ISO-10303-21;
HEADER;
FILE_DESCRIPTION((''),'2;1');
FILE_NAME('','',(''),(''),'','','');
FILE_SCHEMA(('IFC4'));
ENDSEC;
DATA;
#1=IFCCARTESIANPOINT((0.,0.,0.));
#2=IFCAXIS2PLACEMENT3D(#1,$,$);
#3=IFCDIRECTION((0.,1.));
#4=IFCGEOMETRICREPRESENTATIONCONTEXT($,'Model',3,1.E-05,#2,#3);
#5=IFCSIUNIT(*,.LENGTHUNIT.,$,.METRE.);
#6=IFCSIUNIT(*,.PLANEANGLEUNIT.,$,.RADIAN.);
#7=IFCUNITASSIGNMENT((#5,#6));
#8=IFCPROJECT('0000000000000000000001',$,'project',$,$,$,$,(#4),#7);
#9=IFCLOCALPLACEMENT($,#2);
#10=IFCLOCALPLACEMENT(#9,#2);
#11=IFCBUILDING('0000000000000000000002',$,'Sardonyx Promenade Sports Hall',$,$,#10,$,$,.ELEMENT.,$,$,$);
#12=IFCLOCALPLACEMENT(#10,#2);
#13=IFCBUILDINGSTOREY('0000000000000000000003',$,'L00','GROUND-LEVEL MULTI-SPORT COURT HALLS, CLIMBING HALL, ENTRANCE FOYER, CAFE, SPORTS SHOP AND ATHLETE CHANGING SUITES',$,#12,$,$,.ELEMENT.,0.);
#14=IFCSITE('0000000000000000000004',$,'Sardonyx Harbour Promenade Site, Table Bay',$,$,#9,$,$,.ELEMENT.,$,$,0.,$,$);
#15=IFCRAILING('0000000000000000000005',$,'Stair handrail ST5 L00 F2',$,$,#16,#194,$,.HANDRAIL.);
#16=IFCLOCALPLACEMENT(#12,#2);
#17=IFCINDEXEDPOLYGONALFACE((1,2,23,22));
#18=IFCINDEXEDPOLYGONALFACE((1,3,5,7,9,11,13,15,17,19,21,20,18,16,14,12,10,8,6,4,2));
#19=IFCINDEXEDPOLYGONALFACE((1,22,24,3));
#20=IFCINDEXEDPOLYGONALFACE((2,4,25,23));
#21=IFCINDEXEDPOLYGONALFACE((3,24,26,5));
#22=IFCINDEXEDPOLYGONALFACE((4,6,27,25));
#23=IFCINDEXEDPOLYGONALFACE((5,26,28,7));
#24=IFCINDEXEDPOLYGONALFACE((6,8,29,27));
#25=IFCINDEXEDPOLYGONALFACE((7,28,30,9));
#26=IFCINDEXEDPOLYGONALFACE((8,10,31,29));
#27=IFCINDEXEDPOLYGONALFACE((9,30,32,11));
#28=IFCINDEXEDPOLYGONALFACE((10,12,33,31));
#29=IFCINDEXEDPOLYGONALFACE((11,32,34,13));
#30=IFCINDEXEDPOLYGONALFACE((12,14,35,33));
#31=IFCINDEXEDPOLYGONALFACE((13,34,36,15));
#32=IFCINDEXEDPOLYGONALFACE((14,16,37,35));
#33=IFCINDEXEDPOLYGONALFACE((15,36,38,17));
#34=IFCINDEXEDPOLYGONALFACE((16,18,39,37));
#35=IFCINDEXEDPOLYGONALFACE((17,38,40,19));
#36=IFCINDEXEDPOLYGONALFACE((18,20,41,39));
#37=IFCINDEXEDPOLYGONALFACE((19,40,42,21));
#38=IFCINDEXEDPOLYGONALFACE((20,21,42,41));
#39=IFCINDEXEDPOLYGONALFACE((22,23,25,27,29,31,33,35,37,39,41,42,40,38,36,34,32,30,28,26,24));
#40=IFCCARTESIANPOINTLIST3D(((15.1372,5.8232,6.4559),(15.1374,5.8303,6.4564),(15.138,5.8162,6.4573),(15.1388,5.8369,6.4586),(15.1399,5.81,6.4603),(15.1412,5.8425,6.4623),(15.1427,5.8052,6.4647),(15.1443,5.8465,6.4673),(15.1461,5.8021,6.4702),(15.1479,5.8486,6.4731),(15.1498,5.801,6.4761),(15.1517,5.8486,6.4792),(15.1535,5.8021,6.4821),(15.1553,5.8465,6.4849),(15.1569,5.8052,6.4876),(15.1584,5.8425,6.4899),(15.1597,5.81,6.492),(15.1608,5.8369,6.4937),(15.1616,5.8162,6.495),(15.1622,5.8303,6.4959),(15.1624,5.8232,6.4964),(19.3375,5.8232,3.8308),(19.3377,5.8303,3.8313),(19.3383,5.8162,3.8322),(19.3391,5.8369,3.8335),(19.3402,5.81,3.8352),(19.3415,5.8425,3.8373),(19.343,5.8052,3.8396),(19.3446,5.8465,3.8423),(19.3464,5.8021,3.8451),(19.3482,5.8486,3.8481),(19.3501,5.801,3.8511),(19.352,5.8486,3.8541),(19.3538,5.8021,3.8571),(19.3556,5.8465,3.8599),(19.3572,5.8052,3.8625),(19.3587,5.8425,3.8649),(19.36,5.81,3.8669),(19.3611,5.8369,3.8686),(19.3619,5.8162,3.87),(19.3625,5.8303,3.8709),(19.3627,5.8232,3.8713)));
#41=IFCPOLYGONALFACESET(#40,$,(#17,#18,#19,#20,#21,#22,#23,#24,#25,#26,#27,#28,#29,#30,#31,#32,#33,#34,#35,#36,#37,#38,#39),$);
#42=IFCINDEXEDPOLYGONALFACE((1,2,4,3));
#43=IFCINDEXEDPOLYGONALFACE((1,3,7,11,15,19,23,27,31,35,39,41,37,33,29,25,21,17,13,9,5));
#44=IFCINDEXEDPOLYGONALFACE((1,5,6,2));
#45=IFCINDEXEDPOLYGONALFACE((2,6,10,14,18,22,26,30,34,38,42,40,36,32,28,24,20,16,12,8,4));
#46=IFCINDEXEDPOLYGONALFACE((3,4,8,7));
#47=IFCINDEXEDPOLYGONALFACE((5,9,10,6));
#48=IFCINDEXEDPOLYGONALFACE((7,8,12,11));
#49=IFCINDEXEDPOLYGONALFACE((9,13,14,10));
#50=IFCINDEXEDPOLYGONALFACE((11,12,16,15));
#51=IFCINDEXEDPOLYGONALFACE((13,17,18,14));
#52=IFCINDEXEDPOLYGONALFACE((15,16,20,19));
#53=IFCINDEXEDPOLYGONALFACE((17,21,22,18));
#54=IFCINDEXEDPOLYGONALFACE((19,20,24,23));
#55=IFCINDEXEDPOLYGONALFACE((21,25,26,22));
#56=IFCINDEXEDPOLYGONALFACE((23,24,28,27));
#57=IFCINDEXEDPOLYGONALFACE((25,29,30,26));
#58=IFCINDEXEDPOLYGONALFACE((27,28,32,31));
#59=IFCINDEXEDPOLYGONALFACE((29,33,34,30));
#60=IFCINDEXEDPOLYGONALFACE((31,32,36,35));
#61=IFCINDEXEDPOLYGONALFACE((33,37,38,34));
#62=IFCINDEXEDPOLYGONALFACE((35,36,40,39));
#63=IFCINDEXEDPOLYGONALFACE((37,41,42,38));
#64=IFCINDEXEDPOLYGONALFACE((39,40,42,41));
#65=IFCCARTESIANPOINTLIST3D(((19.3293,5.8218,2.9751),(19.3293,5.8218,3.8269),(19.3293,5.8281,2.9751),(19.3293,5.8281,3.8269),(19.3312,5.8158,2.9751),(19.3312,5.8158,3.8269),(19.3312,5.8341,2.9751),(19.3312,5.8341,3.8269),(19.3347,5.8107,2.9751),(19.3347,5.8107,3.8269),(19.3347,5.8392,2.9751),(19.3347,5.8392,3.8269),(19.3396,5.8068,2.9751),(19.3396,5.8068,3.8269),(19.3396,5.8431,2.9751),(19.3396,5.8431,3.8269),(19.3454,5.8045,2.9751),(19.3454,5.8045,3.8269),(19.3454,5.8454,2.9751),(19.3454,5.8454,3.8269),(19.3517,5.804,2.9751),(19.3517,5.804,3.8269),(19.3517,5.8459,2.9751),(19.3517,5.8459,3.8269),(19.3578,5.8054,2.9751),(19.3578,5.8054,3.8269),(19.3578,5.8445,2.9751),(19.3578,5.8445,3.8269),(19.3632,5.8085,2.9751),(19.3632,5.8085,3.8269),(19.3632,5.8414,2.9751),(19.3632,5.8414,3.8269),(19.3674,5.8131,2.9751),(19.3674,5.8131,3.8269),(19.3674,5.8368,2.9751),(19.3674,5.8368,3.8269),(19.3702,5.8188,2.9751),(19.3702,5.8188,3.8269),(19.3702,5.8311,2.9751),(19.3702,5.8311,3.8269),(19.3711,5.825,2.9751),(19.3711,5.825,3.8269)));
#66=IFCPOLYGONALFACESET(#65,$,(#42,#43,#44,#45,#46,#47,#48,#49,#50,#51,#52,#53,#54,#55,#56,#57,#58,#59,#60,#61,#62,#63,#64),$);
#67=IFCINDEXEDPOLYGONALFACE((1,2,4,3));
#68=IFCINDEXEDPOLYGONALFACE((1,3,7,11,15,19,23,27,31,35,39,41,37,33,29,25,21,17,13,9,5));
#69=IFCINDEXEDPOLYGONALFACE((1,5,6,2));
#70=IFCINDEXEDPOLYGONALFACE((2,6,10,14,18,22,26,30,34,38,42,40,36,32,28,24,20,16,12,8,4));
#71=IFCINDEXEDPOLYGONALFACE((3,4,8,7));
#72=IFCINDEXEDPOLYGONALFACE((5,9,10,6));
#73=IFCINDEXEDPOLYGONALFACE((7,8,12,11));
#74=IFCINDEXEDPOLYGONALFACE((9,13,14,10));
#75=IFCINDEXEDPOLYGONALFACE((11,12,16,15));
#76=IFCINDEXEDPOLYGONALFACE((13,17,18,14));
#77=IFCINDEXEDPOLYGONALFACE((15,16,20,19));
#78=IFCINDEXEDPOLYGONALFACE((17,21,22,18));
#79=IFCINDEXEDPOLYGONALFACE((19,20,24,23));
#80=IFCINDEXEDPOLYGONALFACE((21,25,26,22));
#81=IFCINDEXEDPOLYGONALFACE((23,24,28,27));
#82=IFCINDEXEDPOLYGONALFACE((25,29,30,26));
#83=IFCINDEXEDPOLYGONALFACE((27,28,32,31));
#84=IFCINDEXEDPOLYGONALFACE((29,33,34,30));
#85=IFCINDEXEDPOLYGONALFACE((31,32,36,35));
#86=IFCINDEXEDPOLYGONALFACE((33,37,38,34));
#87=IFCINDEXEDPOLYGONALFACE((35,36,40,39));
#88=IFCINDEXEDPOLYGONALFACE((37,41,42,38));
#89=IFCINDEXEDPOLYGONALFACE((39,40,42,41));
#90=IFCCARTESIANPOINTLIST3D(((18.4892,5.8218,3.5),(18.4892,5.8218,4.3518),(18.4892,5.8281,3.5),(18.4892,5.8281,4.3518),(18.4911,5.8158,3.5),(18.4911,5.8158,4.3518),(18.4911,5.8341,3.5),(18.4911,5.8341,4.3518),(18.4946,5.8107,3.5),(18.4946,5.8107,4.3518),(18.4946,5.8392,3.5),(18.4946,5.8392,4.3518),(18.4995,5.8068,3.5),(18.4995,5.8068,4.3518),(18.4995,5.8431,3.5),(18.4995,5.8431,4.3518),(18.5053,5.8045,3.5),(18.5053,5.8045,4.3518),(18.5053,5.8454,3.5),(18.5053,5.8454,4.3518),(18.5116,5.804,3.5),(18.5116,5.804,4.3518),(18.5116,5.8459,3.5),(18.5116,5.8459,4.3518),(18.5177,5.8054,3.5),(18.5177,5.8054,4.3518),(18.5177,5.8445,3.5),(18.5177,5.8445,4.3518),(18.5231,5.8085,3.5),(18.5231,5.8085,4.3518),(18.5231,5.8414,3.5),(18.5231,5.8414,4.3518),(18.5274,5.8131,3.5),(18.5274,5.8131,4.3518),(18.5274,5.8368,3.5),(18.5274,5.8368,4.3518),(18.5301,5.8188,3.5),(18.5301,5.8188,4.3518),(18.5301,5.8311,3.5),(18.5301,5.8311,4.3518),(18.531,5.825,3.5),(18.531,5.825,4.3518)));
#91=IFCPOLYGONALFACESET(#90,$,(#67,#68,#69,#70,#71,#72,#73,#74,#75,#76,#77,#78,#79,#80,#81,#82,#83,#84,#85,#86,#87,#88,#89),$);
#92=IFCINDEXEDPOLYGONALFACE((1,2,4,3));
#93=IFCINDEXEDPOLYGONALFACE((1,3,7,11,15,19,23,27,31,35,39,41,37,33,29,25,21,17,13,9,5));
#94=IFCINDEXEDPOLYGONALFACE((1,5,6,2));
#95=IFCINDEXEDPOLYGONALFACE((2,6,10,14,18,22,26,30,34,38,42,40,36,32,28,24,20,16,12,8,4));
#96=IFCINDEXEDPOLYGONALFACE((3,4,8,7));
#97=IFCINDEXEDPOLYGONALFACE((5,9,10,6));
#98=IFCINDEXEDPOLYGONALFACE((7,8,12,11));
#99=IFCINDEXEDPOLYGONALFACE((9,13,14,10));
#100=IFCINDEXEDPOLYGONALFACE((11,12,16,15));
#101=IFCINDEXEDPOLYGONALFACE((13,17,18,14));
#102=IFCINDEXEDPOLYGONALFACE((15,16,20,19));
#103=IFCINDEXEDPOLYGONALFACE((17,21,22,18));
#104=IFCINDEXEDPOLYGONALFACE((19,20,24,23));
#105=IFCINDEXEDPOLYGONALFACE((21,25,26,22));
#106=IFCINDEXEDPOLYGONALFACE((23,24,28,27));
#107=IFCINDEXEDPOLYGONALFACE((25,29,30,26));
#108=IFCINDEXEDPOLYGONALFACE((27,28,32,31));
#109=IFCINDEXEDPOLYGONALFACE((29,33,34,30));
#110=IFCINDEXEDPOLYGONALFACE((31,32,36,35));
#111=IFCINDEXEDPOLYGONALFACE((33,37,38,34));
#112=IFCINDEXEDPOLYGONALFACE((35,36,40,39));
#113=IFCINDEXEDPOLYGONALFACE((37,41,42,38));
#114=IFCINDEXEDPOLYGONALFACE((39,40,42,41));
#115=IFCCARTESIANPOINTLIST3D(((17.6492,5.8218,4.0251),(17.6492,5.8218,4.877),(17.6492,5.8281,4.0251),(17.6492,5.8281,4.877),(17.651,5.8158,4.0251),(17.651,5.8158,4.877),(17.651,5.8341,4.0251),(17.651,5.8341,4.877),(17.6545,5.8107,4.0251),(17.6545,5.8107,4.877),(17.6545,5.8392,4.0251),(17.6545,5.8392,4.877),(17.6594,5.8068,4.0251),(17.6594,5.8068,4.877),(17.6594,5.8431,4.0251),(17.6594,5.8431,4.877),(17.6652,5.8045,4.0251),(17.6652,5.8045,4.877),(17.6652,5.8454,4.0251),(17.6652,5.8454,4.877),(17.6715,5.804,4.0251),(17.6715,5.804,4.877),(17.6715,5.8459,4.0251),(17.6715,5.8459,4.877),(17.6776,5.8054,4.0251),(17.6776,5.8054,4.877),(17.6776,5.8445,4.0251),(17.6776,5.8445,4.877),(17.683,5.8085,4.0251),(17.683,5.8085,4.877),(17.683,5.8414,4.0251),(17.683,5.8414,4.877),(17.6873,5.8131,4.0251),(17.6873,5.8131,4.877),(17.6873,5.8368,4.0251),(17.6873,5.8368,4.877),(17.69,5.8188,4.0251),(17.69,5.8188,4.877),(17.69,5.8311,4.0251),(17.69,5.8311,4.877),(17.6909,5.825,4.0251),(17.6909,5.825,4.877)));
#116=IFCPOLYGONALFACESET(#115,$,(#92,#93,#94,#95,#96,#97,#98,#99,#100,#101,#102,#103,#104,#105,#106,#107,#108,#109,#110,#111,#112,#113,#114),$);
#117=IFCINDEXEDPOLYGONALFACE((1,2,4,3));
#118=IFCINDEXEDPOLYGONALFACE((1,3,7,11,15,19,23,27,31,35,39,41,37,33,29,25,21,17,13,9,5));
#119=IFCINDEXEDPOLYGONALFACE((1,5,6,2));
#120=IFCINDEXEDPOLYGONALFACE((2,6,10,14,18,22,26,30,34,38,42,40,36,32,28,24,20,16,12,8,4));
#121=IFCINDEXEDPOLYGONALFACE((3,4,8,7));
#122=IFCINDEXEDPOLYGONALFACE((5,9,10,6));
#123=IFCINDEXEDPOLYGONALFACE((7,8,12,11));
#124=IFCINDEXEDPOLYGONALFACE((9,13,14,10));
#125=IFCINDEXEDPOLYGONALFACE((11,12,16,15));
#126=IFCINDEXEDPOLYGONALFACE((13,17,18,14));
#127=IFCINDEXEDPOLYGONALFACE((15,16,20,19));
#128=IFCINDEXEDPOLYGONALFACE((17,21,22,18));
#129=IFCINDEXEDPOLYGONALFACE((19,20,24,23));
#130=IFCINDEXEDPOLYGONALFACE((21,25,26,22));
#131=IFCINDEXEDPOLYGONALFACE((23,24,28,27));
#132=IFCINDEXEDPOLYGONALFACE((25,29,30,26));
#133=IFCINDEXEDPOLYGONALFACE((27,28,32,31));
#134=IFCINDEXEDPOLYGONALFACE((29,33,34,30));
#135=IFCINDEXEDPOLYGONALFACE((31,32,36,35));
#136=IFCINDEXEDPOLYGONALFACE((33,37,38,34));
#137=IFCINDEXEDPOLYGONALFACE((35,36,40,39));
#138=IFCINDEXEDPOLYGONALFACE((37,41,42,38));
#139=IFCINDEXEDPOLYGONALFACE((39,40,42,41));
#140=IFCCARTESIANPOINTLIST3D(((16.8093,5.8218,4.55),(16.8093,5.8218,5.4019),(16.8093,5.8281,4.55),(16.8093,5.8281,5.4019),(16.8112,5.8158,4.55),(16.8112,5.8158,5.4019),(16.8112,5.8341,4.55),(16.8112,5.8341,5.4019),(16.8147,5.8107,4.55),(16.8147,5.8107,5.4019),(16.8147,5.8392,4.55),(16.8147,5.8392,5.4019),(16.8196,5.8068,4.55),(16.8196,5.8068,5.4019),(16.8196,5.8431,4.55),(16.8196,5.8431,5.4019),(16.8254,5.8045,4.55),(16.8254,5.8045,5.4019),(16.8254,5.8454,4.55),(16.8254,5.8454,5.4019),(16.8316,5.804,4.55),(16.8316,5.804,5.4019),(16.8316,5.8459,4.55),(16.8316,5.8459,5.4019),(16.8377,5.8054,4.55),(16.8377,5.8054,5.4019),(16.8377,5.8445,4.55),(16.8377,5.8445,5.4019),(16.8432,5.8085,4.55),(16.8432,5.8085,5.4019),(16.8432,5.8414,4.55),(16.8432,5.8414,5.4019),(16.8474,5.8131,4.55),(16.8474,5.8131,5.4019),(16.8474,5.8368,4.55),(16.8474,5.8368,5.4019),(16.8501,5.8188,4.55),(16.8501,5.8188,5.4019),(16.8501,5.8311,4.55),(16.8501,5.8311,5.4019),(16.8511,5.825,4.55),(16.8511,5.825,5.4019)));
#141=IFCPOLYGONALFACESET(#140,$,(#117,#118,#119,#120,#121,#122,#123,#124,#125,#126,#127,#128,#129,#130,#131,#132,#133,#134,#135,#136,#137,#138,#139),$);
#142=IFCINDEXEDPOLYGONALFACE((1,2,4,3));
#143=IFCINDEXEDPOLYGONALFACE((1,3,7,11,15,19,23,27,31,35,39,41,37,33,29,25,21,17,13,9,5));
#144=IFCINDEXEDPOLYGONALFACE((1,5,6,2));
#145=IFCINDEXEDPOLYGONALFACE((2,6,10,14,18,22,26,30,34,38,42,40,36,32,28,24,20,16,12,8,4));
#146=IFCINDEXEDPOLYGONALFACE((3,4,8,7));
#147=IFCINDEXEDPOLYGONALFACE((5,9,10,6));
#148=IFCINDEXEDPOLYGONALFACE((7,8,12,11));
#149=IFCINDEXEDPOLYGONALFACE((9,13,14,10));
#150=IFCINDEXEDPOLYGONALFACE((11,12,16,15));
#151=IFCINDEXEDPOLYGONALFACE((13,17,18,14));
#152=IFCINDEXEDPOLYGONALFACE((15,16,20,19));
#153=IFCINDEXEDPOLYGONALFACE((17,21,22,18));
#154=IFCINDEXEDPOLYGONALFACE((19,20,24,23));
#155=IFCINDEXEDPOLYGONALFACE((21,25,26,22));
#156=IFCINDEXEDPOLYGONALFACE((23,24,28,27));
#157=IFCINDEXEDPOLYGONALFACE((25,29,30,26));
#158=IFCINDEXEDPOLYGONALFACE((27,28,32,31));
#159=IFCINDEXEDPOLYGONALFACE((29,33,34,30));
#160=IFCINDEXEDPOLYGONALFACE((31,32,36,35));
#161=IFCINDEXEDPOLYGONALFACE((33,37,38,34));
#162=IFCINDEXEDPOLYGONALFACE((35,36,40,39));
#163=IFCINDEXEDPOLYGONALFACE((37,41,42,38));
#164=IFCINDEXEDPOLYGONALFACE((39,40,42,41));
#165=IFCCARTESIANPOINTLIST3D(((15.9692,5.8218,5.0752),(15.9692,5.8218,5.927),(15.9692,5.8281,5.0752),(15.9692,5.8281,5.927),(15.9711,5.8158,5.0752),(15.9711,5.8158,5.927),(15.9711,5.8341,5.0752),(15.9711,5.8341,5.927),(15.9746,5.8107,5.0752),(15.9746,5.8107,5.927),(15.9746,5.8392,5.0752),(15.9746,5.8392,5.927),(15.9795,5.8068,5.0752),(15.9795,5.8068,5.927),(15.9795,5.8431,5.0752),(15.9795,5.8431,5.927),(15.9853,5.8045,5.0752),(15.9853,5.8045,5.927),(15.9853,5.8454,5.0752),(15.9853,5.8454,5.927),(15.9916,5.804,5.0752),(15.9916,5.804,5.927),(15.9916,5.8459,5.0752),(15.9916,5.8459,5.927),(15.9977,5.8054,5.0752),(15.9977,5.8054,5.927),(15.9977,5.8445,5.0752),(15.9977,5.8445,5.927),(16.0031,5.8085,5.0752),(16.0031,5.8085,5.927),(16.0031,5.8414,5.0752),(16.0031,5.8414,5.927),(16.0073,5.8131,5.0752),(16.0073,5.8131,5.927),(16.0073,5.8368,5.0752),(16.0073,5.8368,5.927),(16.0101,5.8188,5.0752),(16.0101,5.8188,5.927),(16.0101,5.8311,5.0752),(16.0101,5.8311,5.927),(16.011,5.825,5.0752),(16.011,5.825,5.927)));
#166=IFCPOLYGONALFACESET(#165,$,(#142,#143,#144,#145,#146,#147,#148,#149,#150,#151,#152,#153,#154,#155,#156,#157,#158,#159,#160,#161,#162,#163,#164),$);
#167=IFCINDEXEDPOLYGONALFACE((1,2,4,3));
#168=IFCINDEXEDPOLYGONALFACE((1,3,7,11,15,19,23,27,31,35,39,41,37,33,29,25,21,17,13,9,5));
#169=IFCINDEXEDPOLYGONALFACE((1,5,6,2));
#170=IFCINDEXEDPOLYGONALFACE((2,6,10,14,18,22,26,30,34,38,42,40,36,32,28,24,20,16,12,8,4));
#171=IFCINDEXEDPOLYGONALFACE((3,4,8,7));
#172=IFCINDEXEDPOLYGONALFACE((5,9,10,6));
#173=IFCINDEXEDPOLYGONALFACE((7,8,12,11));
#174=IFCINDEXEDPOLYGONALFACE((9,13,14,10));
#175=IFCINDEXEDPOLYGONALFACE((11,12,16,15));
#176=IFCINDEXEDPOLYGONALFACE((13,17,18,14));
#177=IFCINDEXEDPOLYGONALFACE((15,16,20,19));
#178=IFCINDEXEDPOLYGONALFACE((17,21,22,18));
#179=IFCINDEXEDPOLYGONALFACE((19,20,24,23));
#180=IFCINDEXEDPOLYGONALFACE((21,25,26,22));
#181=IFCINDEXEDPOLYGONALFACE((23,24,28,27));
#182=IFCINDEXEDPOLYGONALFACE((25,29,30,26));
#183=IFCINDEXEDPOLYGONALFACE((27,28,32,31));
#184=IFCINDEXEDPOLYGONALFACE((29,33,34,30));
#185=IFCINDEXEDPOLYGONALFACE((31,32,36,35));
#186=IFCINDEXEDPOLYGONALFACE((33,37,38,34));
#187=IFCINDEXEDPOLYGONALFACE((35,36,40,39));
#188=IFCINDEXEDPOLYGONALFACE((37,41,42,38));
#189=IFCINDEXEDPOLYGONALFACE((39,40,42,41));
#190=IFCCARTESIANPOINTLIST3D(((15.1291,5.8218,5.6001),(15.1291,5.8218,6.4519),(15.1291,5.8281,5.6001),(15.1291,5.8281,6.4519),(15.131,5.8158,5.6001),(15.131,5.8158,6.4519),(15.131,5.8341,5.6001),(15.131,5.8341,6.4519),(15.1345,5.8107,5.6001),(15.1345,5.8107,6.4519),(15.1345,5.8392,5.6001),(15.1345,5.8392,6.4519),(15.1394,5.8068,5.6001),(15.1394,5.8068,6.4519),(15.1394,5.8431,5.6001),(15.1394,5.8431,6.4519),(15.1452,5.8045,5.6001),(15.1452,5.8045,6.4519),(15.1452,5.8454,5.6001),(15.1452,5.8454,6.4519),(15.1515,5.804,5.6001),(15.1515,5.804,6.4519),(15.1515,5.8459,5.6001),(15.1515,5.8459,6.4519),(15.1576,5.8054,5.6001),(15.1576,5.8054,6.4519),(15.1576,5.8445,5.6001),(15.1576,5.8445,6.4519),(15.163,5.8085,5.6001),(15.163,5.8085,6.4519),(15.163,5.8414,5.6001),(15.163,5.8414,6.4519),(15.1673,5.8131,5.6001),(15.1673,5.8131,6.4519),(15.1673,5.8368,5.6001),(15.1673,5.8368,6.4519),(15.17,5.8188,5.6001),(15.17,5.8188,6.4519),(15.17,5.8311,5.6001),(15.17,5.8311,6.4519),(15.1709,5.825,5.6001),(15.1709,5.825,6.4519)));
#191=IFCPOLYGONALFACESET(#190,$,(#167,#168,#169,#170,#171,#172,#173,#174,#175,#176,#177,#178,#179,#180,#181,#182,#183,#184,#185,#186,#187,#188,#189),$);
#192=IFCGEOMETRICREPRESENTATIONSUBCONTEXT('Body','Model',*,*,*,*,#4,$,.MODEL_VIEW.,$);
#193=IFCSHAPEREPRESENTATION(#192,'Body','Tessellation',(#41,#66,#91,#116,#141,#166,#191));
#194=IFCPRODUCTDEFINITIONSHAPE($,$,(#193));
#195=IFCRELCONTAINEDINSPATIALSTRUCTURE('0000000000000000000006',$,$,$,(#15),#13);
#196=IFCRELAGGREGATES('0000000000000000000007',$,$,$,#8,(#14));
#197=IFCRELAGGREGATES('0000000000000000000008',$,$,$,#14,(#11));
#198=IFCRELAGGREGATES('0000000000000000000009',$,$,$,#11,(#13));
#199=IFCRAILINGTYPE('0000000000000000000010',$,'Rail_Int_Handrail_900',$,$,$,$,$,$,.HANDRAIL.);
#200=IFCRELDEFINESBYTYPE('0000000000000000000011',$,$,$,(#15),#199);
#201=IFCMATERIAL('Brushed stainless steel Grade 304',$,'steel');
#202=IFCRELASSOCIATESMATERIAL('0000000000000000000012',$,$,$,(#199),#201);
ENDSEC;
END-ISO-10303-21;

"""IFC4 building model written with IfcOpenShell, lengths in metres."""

from ifc_helpers import new_model, si_unit, direction, frame, origin, origin_2d, place, context, subcontext, project, spatial, circle, extrude, material, type_object, element, save


model = new_model("IFC4")

# Units and contexts
model_context = context("Model", 3, precision=1e-05, world=origin(), true_north=direction((0.0, 1.0)))
body_context = subcontext(model_context, "Body", "Model", "MODEL_VIEW")
ifc_project = project(units=[si_unit("LENGTHUNIT", "METRE"), si_unit("PLANEANGLEUNIT", "RADIAN")], contexts=[model_context])

# Site, building, storey
site_placement = place(None, origin())
site = spatial("IfcSite", under=ifc_project, at=site_placement, Name="Sardonyx Harbour Promenade Site, Table Bay", CompositionType="ELEMENT", RefElevation=0.0)
building_placement = place(site_placement, origin())
building = spatial("IfcBuilding", under=site, at=building_placement, Name="Sardonyx Promenade Sports Hall", CompositionType="ELEMENT")
storey_placement = place(building_placement, origin())
storey = spatial("IfcBuildingStorey", under=building, at=storey_placement, Name="L00", Description="GROUND-LEVEL MULTI-SPORT COURT HALLS, CLIMBING HALL, ENTRANCE FOYER, CAFE, SPORTS SHOP AND ATHLETE CHANGING SUITES", CompositionType="ELEMENT", Elevation=0.0)

# Railing
ifc_material_1 = material(Name="Brushed stainless steel Grade 304", Category="steel")
railing_type = type_object("IfcRailingType", Name="Rail_Int_Handrail_900", PredefinedType="HANDRAIL", material=ifc_material_1)
railing_placement = place(storey_placement, frame((19.3501, 5.825, 2.9751)))
element("IfcRailing", 1, at=railing_placement, inside=storey, type_object=railing_type, Name="Stair handrail ST5 L00 F2", PredefinedType="HANDRAIL", context=body_context, shape_type="SweptSolid", body=[
    extrude(circle(Radius=0.0239, at=origin_2d()), frame((0.0, 0.0, 0.876), z_axis=(-0.848009, 0.0, 0.529981), x_axis=(0.0, -1.0, 0.0)), (0.0, 0.0, 1.0), 4.9531),
    extrude(circle(Radius=0.021, at=origin_2d()), origin(), (0.0, 0.0, 1.0), 0.8518),
    extrude(circle(Radius=0.021, at=origin_2d()), frame((-0.8401, 0.0, 0.5249)), (0.0, 0.0, 1.0), 0.8518),
    extrude(circle(Radius=0.021, at=origin_2d()), frame((-1.6802, 0.0, 1.05)), (0.0, 0.0, 1.0), 0.8518),
    extrude(circle(Radius=0.021, at=origin_2d()), frame((-2.52, 0.0, 1.575)), (0.0, 0.0, 1.0), 0.8518),
    extrude(circle(Radius=0.021, at=origin_2d()), frame((-3.3601, 0.0, 2.1001)), (0.0, 0.0, 1.0), 0.8518),
    extrude(circle(Radius=0.021, at=origin_2d()), frame((-4.2002, 0.0, 2.625)), (0.0, 0.0, 1.0), 0.8518),
])

save(model, "model.ifc")
